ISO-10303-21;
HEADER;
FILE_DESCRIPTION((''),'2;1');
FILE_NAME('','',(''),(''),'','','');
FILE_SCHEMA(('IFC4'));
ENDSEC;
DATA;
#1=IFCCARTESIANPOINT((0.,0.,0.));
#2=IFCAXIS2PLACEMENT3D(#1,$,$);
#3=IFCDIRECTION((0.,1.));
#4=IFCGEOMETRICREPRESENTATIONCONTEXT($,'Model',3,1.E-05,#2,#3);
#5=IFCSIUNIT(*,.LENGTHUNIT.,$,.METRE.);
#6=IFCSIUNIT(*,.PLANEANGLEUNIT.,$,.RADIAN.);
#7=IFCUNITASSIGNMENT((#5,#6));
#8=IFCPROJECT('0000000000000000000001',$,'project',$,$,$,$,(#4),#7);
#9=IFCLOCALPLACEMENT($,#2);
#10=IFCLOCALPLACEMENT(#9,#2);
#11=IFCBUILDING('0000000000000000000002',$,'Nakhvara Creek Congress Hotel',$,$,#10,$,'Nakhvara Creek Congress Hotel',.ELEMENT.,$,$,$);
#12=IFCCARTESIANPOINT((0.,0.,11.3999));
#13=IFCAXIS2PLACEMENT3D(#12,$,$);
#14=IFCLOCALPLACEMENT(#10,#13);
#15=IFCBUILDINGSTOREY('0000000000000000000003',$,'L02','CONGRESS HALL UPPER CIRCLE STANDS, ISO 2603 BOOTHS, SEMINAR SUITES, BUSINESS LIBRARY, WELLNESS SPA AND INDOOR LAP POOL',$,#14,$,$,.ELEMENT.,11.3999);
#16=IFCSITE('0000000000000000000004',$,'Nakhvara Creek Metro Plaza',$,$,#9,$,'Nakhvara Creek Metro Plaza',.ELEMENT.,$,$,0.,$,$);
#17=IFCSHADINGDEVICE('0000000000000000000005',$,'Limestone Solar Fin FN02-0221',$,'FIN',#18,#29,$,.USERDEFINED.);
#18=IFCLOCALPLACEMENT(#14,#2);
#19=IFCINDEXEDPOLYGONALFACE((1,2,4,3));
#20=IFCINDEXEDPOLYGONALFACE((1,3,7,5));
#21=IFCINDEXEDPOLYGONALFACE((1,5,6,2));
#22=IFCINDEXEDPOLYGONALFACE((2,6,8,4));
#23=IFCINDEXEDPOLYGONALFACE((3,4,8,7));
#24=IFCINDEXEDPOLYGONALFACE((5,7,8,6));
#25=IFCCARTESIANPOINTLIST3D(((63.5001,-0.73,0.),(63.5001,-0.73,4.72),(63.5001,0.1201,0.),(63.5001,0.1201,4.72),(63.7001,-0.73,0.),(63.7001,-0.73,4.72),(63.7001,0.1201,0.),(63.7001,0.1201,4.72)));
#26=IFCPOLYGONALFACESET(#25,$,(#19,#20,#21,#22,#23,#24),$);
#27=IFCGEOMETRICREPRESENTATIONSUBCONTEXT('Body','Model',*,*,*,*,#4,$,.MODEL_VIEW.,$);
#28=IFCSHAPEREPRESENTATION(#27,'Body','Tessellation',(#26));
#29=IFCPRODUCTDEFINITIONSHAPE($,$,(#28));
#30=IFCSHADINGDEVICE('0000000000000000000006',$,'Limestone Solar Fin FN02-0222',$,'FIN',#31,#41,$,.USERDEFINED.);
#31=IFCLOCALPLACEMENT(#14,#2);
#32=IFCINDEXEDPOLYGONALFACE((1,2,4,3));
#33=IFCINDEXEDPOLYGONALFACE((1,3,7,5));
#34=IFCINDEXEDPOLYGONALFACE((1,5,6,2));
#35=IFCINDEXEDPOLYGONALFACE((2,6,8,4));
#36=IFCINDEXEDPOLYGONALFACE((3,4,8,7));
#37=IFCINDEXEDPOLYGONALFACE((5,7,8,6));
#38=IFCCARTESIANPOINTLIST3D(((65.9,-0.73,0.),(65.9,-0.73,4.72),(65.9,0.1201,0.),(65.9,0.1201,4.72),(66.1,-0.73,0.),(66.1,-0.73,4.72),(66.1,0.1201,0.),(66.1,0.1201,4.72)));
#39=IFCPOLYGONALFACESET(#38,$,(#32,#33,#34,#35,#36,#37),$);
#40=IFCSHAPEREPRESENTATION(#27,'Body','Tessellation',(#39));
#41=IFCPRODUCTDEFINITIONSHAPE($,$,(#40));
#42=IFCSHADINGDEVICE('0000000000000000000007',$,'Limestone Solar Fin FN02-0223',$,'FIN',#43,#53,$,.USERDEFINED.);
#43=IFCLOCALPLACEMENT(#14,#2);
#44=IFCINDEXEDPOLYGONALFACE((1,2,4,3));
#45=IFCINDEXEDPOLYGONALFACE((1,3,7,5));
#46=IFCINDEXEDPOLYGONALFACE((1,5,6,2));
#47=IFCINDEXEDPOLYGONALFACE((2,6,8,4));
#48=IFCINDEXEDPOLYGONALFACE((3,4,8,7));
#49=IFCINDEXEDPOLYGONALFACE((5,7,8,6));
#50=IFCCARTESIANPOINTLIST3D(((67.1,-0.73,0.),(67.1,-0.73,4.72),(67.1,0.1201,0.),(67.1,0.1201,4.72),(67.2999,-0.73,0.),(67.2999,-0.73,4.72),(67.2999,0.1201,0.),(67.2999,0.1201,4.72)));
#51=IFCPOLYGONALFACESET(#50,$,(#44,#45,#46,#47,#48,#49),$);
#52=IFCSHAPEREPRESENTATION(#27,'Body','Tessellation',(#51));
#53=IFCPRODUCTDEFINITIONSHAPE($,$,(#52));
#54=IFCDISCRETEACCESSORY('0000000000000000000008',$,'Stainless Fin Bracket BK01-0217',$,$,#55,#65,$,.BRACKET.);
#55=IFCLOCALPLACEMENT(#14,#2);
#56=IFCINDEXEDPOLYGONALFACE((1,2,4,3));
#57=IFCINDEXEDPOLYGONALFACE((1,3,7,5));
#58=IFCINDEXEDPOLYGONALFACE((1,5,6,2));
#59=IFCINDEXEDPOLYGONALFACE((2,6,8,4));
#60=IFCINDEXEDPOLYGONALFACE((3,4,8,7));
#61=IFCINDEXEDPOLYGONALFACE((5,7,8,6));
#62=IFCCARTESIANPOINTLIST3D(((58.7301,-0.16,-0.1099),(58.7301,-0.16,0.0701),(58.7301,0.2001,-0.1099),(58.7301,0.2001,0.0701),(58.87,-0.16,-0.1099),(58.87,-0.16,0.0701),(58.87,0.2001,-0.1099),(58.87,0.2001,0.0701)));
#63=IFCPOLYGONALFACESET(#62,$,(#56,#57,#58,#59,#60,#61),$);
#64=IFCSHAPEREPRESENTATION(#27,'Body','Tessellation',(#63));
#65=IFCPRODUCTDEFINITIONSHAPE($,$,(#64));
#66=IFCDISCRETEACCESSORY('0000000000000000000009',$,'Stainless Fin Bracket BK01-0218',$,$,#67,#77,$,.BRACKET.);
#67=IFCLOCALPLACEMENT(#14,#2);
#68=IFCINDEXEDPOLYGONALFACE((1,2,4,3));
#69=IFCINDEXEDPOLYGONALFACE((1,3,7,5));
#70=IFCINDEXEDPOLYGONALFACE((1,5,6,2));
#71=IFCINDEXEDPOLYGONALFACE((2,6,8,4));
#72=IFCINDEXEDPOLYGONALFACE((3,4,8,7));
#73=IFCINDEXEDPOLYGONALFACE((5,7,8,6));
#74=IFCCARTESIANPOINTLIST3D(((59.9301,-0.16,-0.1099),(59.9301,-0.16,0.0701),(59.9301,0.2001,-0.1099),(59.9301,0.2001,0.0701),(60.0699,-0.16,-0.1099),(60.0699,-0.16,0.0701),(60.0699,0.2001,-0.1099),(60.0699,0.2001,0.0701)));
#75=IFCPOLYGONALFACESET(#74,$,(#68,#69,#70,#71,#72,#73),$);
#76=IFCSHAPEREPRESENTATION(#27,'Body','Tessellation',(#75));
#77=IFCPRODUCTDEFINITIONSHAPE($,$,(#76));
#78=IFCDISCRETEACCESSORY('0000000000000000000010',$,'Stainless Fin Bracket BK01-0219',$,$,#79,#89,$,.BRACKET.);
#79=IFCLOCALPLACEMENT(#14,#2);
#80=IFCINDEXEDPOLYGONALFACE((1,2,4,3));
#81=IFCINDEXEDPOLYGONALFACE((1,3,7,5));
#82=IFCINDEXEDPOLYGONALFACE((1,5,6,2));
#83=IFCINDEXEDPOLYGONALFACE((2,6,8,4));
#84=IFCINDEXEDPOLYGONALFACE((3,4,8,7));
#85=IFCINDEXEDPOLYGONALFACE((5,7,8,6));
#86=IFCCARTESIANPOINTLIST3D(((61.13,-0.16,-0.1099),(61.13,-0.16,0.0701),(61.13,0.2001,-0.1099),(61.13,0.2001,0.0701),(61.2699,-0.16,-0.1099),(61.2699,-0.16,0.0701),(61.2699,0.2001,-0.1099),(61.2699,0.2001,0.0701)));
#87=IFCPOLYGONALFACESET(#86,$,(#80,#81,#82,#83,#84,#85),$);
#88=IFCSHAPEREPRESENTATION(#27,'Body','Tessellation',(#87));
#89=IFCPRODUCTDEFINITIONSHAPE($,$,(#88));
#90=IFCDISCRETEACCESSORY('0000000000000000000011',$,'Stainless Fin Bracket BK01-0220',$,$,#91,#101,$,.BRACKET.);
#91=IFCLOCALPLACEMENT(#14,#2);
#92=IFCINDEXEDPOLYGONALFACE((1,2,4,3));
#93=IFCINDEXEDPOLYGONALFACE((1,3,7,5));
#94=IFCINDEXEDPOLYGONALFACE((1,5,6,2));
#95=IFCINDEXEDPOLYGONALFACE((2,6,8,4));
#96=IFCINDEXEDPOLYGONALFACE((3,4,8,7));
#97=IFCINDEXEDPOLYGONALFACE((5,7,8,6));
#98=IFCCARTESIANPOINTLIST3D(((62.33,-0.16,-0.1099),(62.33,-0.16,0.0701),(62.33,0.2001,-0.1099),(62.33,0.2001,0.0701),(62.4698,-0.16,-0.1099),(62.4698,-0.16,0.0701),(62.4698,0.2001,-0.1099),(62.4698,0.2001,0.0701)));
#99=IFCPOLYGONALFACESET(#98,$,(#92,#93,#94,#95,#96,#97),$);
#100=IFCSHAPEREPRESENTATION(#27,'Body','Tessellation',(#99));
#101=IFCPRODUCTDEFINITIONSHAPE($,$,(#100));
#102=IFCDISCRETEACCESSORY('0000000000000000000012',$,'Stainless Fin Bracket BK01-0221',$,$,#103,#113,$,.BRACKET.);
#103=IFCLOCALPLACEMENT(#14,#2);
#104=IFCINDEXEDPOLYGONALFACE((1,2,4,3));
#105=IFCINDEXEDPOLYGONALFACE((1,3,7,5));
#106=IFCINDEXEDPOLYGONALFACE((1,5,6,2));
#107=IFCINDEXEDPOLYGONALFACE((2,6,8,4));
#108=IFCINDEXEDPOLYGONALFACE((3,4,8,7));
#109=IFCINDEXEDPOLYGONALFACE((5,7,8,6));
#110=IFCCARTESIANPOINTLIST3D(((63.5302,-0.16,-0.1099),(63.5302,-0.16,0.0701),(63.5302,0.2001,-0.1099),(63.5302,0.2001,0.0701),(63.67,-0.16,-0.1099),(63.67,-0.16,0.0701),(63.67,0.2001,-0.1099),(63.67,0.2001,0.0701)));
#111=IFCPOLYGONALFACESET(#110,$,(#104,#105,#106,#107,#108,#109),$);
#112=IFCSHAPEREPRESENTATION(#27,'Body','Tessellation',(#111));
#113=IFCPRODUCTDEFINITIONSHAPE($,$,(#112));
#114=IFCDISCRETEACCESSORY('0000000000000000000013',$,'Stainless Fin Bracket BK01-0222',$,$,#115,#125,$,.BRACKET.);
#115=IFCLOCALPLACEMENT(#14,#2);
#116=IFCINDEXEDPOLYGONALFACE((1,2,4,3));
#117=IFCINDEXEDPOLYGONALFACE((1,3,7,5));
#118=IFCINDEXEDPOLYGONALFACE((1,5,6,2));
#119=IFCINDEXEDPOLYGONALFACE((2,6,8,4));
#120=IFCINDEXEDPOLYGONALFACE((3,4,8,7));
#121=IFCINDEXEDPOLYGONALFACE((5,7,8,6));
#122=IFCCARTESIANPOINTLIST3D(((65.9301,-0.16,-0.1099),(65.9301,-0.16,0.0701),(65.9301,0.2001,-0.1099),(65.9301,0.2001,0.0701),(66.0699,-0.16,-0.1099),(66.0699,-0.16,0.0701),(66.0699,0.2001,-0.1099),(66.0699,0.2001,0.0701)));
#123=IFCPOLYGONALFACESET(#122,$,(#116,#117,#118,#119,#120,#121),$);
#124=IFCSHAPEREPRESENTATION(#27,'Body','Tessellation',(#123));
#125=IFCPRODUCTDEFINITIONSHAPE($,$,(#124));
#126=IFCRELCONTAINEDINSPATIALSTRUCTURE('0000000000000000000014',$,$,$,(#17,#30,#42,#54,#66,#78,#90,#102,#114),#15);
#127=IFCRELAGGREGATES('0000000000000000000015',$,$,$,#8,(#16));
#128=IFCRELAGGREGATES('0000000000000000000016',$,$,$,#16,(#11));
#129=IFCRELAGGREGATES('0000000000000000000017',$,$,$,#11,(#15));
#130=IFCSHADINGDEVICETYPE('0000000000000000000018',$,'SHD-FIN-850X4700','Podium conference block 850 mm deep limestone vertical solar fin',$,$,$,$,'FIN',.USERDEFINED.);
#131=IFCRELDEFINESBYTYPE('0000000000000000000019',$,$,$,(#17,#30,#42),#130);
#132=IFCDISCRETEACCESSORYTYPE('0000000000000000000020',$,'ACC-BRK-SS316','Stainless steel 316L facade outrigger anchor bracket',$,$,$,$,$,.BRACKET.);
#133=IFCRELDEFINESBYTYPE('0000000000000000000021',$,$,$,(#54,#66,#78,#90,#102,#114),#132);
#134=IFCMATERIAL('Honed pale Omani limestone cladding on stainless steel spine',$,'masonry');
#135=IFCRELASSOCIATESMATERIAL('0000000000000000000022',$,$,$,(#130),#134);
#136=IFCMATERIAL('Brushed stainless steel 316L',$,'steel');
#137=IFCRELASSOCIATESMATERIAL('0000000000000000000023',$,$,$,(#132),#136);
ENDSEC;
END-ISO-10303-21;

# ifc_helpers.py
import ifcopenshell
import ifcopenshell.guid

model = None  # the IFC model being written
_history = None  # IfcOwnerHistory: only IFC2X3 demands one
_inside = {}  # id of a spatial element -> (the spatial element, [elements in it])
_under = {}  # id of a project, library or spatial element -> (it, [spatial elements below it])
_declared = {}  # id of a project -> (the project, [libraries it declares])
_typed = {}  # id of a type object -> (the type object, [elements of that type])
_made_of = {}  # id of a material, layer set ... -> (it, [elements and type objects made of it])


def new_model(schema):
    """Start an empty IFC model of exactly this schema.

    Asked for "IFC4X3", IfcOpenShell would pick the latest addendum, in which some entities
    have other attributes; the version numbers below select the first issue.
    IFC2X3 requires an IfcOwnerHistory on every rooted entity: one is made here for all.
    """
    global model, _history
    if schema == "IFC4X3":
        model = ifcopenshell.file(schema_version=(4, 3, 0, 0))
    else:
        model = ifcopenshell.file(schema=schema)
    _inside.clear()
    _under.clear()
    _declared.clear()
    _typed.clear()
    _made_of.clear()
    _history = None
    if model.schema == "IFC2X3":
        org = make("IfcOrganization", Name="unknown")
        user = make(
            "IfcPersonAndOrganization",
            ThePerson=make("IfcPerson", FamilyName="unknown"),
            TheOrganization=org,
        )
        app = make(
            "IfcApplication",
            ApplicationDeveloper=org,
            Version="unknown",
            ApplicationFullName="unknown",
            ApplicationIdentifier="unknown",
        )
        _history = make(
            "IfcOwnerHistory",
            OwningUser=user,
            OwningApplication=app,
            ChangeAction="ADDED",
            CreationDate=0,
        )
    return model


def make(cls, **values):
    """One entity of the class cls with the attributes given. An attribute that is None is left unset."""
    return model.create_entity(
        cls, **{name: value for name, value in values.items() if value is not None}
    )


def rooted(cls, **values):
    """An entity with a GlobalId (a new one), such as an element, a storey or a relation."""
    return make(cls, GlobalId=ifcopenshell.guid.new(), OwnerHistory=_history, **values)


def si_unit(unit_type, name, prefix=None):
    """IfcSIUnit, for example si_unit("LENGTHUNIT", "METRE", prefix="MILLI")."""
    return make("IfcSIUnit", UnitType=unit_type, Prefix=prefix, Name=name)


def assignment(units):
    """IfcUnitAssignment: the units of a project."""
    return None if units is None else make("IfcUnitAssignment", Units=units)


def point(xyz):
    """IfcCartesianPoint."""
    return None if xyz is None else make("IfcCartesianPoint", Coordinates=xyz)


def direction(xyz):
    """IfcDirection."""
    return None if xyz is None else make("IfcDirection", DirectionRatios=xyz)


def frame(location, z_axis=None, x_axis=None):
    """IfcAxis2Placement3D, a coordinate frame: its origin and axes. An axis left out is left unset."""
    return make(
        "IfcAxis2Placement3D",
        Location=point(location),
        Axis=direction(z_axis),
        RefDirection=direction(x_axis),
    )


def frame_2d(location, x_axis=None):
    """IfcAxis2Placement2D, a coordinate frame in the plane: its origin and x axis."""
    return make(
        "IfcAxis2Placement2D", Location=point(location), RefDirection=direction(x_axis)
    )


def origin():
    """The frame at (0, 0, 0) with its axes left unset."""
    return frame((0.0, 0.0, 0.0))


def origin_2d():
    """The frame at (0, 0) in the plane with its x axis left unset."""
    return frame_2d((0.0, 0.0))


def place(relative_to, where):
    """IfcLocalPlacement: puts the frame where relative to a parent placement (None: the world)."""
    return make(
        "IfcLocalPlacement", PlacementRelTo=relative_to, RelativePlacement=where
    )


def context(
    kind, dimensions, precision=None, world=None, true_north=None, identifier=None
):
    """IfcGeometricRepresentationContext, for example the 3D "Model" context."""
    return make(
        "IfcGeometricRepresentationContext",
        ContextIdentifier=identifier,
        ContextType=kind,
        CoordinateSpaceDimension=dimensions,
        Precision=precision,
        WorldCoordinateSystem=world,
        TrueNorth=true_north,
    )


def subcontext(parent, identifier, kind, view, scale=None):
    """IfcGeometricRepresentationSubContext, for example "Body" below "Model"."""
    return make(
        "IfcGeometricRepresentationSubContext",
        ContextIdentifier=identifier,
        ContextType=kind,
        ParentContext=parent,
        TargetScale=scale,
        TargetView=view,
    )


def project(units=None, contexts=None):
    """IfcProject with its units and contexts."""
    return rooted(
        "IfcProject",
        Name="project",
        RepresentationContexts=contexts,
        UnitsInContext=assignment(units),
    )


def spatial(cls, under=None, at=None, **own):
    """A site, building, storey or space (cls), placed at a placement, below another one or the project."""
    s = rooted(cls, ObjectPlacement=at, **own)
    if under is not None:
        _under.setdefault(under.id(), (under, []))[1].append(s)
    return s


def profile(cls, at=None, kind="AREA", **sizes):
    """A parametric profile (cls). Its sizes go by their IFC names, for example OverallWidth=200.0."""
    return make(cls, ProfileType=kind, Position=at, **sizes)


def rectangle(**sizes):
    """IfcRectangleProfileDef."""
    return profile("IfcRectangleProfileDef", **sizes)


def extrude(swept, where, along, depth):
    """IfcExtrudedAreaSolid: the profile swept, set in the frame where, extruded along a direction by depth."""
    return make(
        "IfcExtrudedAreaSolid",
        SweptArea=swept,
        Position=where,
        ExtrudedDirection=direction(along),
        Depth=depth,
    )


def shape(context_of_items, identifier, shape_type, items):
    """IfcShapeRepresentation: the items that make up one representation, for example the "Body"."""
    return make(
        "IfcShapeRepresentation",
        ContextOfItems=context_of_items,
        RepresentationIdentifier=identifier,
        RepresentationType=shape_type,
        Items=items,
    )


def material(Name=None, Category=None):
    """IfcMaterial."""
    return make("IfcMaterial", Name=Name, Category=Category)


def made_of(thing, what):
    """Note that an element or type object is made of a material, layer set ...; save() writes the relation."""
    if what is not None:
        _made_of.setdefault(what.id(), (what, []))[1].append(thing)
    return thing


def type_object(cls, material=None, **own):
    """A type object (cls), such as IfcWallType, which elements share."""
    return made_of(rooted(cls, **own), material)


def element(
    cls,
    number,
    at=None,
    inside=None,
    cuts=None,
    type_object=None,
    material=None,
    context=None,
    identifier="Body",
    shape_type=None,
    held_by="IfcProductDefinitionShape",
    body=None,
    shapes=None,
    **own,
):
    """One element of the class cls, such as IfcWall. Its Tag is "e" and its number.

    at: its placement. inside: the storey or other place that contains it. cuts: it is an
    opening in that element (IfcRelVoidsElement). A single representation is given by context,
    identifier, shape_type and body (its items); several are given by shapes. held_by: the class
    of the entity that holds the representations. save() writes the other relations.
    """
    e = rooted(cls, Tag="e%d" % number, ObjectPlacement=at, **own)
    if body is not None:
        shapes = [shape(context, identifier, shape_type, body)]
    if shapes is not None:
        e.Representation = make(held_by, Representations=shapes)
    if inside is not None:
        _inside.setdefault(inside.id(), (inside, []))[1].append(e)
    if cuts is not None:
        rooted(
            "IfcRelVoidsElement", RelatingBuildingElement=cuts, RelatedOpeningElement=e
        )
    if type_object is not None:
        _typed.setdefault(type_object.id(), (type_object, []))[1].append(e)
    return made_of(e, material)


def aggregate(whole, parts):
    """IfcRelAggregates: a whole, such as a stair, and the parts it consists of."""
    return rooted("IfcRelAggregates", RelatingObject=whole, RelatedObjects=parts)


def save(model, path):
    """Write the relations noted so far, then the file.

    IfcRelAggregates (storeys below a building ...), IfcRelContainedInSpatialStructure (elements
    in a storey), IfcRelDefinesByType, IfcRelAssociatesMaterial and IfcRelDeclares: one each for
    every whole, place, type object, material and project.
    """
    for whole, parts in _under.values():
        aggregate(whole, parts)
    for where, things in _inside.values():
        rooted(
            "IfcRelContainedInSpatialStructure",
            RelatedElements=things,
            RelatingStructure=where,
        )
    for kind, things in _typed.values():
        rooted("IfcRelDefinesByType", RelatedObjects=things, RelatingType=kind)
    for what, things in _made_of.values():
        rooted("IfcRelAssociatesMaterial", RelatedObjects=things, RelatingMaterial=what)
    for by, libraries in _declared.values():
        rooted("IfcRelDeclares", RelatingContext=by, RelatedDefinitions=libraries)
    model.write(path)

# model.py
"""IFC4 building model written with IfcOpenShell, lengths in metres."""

from ifc_helpers import new_model, si_unit, direction, frame, origin, origin_2d, place, context, subcontext, project, spatial, rectangle, extrude, material, type_object, element, save


model = new_model("IFC4")

# Units and contexts
model_context = context("Model", 3, precision=1e-05, world=origin(), true_north=direction((0.0, 1.0)))
body_context = subcontext(model_context, "Body", "Model", "MODEL_VIEW")
ifc_project = project(units=[si_unit("LENGTHUNIT", "METRE"), si_unit("PLANEANGLEUNIT", "RADIAN")], contexts=[model_context])

# Site, building, storey
site_placement = place(None, origin())
site = spatial("IfcSite", under=ifc_project, at=site_placement, Name="Nakhvara Creek Metro Plaza", LongName="Nakhvara Creek Metro Plaza", CompositionType="ELEMENT", RefElevation=0.0)
building_placement = place(site_placement, origin())
building = spatial("IfcBuilding", under=site, at=building_placement, Name="Nakhvara Creek Congress Hotel", LongName="Nakhvara Creek Congress Hotel", CompositionType="ELEMENT")
storey_placement = place(building_placement, frame((0.0, 0.0, 11.3999)))
storey = spatial("IfcBuildingStorey", under=building, at=storey_placement, Name="L02", Description="CONGRESS HALL UPPER CIRCLE STANDS, ISO 2603 BOOTHS, SEMINAR SUITES, BUSINESS LIBRARY, WELLNESS SPA AND INDOOR LAP POOL", CompositionType="ELEMENT", Elevation=11.3999)

# Shared definitions
ifc_material_1 = material(Name="Brushed stainless steel 316L", Category="steel")

# Shading devices
ifc_material_2 = material(Name="Honed pale Omani limestone cladding on stainless steel spine", Category="masonry")
shading_device_type = type_object("IfcShadingDeviceType", Name="SHD-FIN-850X4700", Description="Podium conference block 850 mm deep limestone vertical solar fin", ElementType="FIN", PredefinedType="USERDEFINED", material=ifc_material_2)
for number, where, z_axis, x_axis, name in (
    (1, (63.6001, -0.3049, 0.0), (0.0, 0.0, 1.0), (1.0, 0.0, 0.0), "Limestone Solar Fin FN02-0221"),
    (2, (66.0, -0.3049, 0.0), (0.0, 0.0, 1.0), (1.0, 0.0, 0.0), "Limestone Solar Fin FN02-0222"),
    (3, (67.2, -0.3049, 0.0), (0.0, 0.0, 1.0), (1.0, 0.0, 0.0), "Limestone Solar Fin FN02-0223"),
):
    element("IfcShadingDevice", number, at=place(storey_placement, frame(where, z_axis=z_axis, x_axis=x_axis)), inside=storey, type_object=shading_device_type, Name=name, ObjectType="FIN", PredefinedType="USERDEFINED", context=body_context, shape_type="SweptSolid", body=[
        extrude(rectangle(XDim=0.2, YDim=0.8501, at=origin_2d()), origin(), (0.0, 0.0, 1.0), 4.72),
    ])

# Discrete accessories
discrete_accessory_type = type_object("IfcDiscreteAccessoryType", Name="ACC-BRK-SS316", Description="Stainless steel 316L facade outrigger anchor bracket", PredefinedType="BRACKET", material=ifc_material_1)
for number, where, z_axis, x_axis, name in (
    (4, (58.8, 0.02, -0.1099), (0.0, 0.0, 1.0), (1.0, 0.0, 0.0), "Stainless Fin Bracket BK01-0217"),
    (5, (60.0, 0.02, -0.1099), (0.0, 0.0, 1.0), (1.0, 0.0, 0.0), "Stainless Fin Bracket BK01-0218"),
    (6, (61.2, 0.02, -0.1099), (0.0, 0.0, 1.0), (1.0, 0.0, 0.0), "Stainless Fin Bracket BK01-0219"),
    (7, (62.3999, 0.02, -0.1099), (0.0, 0.0, 1.0), (1.0, 0.0, 0.0), "Stainless Fin Bracket BK01-0220"),
    (8, (63.6001, 0.02, -0.1099), (0.0, 0.0, 1.0), (1.0, 0.0, 0.0), "Stainless Fin Bracket BK01-0221"),
    (9, (66.0, 0.02, -0.1099), (0.0, 0.0, 1.0), (1.0, 0.0, 0.0), "Stainless Fin Bracket BK01-0222"),
):
    element("IfcDiscreteAccessory", number, at=place(storey_placement, frame(where, z_axis=z_axis, x_axis=x_axis)), inside=storey, type_object=discrete_accessory_type, Name=name, PredefinedType="BRACKET", context=body_context, shape_type="SweptSolid", body=[
        extrude(rectangle(XDim=0.1399, YDim=0.3601, at=origin_2d()), origin(), (0.0, 0.0, 1.0), 0.1799),
    ])

save(model, "model.ifc")
